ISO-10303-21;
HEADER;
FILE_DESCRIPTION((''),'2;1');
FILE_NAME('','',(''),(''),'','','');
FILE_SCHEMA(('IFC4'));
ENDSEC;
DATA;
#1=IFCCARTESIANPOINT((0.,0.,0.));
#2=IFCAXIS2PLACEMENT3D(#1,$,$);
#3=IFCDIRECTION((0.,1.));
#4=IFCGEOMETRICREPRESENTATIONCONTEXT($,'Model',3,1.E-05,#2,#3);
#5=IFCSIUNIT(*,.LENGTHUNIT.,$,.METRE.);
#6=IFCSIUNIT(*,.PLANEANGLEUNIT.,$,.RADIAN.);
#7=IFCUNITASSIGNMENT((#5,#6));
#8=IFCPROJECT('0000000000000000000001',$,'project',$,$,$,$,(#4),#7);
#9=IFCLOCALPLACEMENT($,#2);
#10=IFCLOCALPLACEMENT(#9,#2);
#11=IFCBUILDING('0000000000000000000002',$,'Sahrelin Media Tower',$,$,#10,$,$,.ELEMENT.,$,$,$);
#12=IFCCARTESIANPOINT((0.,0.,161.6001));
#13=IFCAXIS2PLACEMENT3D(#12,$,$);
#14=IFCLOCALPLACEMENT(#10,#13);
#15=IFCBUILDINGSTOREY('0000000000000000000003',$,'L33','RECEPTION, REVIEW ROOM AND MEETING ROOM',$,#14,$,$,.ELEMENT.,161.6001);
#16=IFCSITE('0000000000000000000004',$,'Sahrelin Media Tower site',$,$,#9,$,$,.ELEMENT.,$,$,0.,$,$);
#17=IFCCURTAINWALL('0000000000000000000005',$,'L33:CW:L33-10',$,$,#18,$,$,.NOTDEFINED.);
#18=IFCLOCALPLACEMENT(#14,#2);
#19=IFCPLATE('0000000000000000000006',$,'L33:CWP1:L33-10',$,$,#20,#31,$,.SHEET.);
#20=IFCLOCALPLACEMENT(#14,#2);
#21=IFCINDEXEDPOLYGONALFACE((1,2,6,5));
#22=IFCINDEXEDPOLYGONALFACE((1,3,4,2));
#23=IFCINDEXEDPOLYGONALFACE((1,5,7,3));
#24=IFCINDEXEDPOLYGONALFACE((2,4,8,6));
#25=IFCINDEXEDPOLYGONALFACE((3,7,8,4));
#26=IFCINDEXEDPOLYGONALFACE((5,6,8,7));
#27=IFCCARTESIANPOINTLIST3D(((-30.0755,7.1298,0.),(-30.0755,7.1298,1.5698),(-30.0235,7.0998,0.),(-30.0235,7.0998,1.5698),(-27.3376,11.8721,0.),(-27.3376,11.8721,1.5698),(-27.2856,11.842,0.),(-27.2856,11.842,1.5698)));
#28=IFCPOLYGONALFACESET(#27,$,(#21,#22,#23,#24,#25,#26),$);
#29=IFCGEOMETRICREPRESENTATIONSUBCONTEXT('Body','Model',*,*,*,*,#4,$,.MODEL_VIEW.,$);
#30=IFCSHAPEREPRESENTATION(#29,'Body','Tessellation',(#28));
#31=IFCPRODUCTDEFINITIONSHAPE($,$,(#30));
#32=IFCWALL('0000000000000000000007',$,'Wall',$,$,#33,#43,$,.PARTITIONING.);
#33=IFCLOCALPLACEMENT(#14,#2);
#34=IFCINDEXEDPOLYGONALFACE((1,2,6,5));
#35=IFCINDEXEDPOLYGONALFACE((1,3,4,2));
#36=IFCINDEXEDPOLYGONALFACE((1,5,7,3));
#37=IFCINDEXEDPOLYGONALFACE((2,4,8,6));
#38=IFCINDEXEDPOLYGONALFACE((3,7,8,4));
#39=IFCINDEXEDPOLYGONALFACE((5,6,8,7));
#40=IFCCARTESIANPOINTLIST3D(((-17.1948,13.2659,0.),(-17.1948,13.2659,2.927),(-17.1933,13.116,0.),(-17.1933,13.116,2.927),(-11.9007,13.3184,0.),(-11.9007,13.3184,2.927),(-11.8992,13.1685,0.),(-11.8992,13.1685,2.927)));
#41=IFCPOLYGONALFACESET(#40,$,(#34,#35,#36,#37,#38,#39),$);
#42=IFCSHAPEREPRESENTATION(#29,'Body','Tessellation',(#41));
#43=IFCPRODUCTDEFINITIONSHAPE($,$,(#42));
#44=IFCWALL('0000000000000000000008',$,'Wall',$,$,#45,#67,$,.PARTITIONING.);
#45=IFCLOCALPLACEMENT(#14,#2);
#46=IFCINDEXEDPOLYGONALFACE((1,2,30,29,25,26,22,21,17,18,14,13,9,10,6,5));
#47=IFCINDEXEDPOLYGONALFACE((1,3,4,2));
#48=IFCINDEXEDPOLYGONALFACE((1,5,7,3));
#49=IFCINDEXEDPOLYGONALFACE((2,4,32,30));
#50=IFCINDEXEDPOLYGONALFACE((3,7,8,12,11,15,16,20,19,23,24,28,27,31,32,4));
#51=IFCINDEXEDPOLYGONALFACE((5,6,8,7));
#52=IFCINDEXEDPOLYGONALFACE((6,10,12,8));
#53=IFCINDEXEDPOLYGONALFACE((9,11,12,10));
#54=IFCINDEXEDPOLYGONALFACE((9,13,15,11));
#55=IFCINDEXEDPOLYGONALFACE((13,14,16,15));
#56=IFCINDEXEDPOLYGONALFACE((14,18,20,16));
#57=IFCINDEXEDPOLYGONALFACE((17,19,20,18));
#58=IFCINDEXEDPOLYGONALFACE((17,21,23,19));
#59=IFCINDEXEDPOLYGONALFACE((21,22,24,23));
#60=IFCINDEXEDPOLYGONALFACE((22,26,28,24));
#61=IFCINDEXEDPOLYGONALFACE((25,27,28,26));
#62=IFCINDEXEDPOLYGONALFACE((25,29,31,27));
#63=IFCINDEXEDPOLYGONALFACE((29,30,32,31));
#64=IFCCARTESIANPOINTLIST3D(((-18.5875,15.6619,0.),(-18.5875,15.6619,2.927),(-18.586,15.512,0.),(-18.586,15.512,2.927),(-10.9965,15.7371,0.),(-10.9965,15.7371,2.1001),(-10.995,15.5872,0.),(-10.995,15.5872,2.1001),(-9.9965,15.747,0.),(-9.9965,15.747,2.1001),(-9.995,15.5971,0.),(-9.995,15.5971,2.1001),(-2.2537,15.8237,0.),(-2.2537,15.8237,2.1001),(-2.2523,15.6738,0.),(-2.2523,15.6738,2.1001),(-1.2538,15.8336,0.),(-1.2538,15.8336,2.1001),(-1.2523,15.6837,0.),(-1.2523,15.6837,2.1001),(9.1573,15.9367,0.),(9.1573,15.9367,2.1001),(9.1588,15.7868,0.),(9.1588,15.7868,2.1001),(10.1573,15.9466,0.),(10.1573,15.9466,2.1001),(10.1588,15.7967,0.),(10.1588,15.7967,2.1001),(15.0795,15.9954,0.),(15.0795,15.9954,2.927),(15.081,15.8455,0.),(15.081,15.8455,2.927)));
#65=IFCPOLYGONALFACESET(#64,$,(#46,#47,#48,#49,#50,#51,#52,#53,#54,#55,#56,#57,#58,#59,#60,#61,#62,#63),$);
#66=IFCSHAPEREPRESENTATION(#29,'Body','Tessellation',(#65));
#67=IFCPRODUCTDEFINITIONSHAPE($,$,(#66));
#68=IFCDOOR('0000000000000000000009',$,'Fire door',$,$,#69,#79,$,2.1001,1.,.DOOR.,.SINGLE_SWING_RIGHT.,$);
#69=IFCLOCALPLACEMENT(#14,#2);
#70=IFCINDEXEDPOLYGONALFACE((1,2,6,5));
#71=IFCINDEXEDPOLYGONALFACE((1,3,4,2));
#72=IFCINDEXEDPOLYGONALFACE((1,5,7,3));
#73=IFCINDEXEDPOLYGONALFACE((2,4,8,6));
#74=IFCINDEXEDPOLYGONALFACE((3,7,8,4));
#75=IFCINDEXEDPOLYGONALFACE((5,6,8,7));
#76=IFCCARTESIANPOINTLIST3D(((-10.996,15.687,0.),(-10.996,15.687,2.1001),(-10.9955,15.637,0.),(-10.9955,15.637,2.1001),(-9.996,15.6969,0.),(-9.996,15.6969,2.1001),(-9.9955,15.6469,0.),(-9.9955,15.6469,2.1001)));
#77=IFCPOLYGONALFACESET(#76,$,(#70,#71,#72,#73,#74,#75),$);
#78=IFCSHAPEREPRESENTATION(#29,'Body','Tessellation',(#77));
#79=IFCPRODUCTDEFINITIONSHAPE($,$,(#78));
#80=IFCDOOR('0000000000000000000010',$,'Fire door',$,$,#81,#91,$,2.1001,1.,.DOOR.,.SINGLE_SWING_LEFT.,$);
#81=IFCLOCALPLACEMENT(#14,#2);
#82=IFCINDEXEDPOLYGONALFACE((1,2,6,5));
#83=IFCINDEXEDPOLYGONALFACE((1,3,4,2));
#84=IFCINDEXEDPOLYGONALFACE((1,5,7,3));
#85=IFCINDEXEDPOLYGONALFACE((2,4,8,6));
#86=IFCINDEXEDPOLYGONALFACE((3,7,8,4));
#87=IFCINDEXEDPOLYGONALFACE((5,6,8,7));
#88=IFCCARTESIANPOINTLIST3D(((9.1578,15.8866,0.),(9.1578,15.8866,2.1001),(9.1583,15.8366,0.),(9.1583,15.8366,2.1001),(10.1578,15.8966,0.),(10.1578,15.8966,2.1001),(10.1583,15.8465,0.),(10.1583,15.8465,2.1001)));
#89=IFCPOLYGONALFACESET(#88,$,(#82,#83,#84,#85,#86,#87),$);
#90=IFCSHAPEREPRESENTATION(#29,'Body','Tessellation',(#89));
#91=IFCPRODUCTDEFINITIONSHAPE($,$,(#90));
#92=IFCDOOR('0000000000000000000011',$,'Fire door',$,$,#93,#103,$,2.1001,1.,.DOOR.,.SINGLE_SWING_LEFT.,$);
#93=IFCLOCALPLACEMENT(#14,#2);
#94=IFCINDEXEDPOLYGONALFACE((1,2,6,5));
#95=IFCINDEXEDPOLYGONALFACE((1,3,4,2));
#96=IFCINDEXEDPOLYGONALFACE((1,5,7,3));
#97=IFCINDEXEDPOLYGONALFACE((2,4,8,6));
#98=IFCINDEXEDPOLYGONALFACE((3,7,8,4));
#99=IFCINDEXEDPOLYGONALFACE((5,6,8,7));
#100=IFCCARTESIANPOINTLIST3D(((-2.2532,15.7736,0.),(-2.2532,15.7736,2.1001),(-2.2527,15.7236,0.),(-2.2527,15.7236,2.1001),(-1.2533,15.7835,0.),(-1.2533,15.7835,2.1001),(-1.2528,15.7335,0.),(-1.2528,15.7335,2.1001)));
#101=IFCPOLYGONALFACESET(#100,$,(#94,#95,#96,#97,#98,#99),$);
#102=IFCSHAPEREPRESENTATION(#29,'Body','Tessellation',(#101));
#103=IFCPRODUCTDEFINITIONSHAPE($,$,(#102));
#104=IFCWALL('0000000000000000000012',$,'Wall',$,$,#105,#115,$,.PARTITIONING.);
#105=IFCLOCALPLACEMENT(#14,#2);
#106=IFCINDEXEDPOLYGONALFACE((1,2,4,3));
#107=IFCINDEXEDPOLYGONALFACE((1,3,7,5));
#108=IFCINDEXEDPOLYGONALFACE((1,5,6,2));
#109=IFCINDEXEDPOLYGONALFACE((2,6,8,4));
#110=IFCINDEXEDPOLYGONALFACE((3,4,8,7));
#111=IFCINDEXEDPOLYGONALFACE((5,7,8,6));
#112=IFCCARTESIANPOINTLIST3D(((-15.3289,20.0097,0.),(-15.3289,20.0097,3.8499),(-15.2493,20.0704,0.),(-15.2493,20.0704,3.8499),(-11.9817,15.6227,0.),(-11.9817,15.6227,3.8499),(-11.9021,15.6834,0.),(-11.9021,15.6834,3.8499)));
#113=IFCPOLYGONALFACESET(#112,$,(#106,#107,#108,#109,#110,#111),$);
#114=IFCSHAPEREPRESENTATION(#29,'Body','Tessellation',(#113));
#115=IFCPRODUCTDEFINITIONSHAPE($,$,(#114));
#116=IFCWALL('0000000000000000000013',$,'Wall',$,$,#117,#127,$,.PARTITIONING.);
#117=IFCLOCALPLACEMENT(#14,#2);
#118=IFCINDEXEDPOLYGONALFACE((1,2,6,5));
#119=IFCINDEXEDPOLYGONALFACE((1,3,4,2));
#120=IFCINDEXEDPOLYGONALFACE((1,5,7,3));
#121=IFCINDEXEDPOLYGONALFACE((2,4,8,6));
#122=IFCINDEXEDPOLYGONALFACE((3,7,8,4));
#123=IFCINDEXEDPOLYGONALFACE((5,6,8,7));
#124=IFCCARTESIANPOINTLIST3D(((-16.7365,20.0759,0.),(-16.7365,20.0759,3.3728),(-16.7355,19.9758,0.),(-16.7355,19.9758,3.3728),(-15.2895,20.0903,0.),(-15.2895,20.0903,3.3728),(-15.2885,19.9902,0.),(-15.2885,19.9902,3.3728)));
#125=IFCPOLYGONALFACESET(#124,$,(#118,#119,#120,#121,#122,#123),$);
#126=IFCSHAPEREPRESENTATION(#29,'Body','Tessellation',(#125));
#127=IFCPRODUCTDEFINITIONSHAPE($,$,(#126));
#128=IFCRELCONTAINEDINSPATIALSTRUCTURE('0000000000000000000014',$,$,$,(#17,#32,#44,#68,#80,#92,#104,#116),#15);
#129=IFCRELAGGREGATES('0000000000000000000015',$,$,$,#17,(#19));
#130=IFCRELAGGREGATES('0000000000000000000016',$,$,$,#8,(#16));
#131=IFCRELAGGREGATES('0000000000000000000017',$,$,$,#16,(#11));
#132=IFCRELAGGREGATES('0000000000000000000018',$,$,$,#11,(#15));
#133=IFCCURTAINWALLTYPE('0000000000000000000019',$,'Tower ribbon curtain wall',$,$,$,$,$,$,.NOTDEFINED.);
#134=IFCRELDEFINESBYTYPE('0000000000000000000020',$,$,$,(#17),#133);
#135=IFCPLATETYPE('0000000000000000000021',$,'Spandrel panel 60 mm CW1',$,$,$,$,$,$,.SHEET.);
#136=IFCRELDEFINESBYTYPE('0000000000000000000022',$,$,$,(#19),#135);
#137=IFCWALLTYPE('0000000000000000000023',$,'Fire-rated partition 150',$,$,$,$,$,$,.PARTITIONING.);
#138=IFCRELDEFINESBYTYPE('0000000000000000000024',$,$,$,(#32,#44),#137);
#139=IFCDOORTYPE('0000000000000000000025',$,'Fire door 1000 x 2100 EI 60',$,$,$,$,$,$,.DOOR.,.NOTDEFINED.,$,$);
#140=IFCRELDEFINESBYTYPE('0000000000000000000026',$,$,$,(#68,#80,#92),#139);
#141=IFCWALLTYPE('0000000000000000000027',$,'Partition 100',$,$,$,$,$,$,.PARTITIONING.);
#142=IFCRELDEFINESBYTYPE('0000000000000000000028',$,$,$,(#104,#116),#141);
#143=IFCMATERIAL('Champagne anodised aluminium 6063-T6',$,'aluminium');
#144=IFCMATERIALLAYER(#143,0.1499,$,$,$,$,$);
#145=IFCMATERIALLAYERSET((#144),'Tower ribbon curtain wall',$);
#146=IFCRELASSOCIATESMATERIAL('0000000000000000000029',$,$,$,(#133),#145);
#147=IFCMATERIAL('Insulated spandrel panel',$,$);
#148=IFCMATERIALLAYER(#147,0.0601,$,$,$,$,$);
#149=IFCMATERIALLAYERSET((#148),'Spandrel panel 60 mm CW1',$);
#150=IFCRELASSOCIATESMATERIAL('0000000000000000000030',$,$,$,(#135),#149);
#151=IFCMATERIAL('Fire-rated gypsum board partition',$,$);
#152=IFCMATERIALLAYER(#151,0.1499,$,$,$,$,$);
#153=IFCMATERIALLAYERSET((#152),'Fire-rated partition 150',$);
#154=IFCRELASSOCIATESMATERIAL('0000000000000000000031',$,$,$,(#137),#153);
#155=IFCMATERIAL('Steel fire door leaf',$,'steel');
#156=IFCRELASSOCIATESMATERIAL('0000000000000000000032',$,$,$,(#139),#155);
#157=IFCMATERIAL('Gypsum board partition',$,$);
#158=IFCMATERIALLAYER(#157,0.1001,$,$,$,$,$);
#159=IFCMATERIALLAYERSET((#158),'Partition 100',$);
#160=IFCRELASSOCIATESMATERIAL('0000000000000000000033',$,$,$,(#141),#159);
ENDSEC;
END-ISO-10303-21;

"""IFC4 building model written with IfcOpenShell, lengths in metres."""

from ifc_helpers import new_model, si_unit, direction, frame, frame_2d, origin, place, context, subcontext, project, spatial, polyline, rectangle, outline, extrude, material, layer, layer_set, type_object, element, fill, aggregate, save


model = new_model("IFC4")

# Units and contexts
model_context = context("Model", 3, precision=1e-05, world=origin(), true_north=direction((0.0, 1.0)))
body_context = subcontext(model_context, "Body", "Model", "MODEL_VIEW")
ifc_project = project(units=[si_unit("LENGTHUNIT", "METRE"), si_unit("PLANEANGLEUNIT", "RADIAN")], contexts=[model_context])

# Site, building, storey
site_placement = place(None, origin())
site = spatial("IfcSite", under=ifc_project, at=site_placement, Name="Sahrelin Media Tower site", CompositionType="ELEMENT", RefElevation=0.0)
building_placement = place(site_placement, origin())
building = spatial("IfcBuilding", under=site, at=building_placement, Name="Sahrelin Media Tower", CompositionType="ELEMENT")
storey_placement = place(building_placement, frame((0.0, 0.0, 161.6001)))
storey = spatial("IfcBuildingStorey", under=building, at=storey_placement, Name="L33", Description="RECEPTION, REVIEW ROOM AND MEETING ROOM", CompositionType="ELEMENT", Elevation=161.6001)

# Shared definitions
ifc_material_1 = material(Name="Champagne anodised aluminium 6063-T6", Category="aluminium")
ifc_layer_1 = layer(ifc_material_1, 0.1499)
ifc_layer_set_1 = layer_set([ifc_layer_1], Name="Tower ribbon curtain wall")
curtain_wall_type = type_object("IfcCurtainWallType", Name="Tower ribbon curtain wall", PredefinedType="NOTDEFINED", material=ifc_layer_set_1)

# Curtain wall
curtain_wall_1_placement = place(storey_placement, frame((-28.6892, 9.491, 0.0), z_axis=(0.0, 0.0, 1.0), x_axis=(1.0, 0.0, 0.0)))
curtain_wall_1 = element("IfcCurtainWall", 1, at=curtain_wall_1_placement, inside=storey, type_object=curtain_wall_type, Name="L33:CW:L33-10", PredefinedType="NOTDEFINED")

# Plate
ifc_material_2 = material(Name="Insulated spandrel panel")
ifc_layer_2 = layer(ifc_material_2, 0.0601)
ifc_layer_set_2 = layer_set([ifc_layer_2], Name="Spandrel panel 60 mm CW1")
plate_type_1 = type_object("IfcPlateType", Name="Spandrel panel 60 mm CW1", PredefinedType="SHEET", material=ifc_layer_set_2)
plate_1_placement = place(storey_placement, frame((-27.3376, 11.8721, 0.0), z_axis=(-0.866034, 0.499985, 0.0), x_axis=(-0.499985, -0.866034, 0.0)))
plate_1 = element("IfcPlate", 2, at=plate_1_placement, type_object=plate_type_1, Name="L33:CWP1:L33-10", PredefinedType="SHEET", context=body_context, shape_type="SweptSolid", body=[
    extrude(outline(polyline([(0.0, 0.0), (5.4758, 0.0), (5.4758, 1.5698), (0.0, 1.5698), (0.0, 0.0)])), origin(), (0.0, 0.0, -1.0), 0.0601),
])
aggregate(curtain_wall_1, [plate_1])

# Wall
ifc_material_3 = material(Name="Fire-rated gypsum board partition")
ifc_layer_3 = layer(ifc_material_3, 0.1499)
ifc_layer_set_3 = layer_set([ifc_layer_3], Name="Fire-rated partition 150")
wall_type_1 = type_object("IfcWallType", Name="Fire-rated partition 150", PredefinedType="PARTITIONING", material=ifc_layer_set_3)
wall_1_placement = place(storey_placement, frame((-17.1941, 13.1909, 0.0), z_axis=(0.0, 0.0, 1.0), x_axis=(0.999951, 0.009914, 0.0)))
element("IfcWall", 3, at=wall_1_placement, inside=storey, type_object=wall_type_1, Name="Wall", PredefinedType="PARTITIONING", context=body_context, shape_type="SweptSolid", body=[
    extrude(rectangle(XDim=5.2944, YDim=0.1499, at=frame_2d((2.6472, 0.0))), origin(), (0.0, 0.0, 1.0), 2.927),
])

# Wall, openings, doors
wall_2_placement = place(storey_placement, frame((-18.5869, 15.5869, 0.0), z_axis=(0.0, 0.0, 1.0), x_axis=(0.999951, 0.009905, 0.0)))
wall_2 = element("IfcWall", 4, at=wall_2_placement, inside=storey, type_object=wall_type_1, Name="Wall", PredefinedType="PARTITIONING", context=body_context, shape_type="SweptSolid", body=[
    extrude(rectangle(XDim=33.6687, YDim=0.1499, at=frame_2d((16.8345, 0.0))), origin(), (0.0, 0.0, 1.0), 2.927),
])
opening_1_placement = place(wall_2_placement, frame((7.5916, 0.0, 0.0)))
opening_1 = element("IfcOpeningElement", 5, at=opening_1_placement, cuts=wall_2, PredefinedType="OPENING", context=body_context, shape_type="SweptSolid", body=[
    extrude(rectangle(XDim=1.0, YDim=2.1001, at=frame_2d((0.5, 1.05))), frame((0.0, 0.075, 0.0), z_axis=(0.0, -1.0, 0.0), x_axis=(1.0, 0.0, 0.0)), (0.0, 0.0, 1.0), 0.1499),
])
opening_2_placement = place(wall_2_placement, frame((27.7463, 0.0, 0.0)))
opening_2 = element("IfcOpeningElement", 6, at=opening_2_placement, cuts=wall_2, PredefinedType="OPENING", context=body_context, shape_type="SweptSolid", body=[
    extrude(rectangle(XDim=1.0, YDim=2.1001, at=frame_2d((0.5, 1.05))), frame((0.0, 0.075, 0.0), z_axis=(0.0, -1.0, 0.0), x_axis=(1.0, 0.0, 0.0)), (0.0, 0.0, 1.0), 0.1499),
])
opening_3_placement = place(wall_2_placement, frame((16.3347, 0.0, 0.0)))
opening_3 = element("IfcOpeningElement", 7, at=opening_3_placement, cuts=wall_2, PredefinedType="OPENING", context=body_context, shape_type="SweptSolid", body=[
    extrude(rectangle(XDim=1.0, YDim=2.1001, at=frame_2d((0.5, 1.05))), frame((0.0, 0.075, 0.0), z_axis=(0.0, -1.0, 0.0), x_axis=(1.0, 0.0, 0.0)), (0.0, 0.0, 1.0), 0.1499),
])
ifc_material_4 = material(Name="Steel fire door leaf", Category="steel")
door_type = type_object("IfcDoorType", Name="Fire door 1000 x 2100 EI 60", OperationType="NOTDEFINED", PredefinedType="DOOR", material=ifc_material_4)
door_1_placement = place(opening_1_placement, origin())
door_1 = element("IfcDoor", 8, at=door_1_placement, inside=storey, type_object=door_type, Name="Fire door", OperationType="SINGLE_SWING_RIGHT", OverallHeight=2.1001, OverallWidth=1.0, PredefinedType="DOOR", context=body_context, shape_type="SweptSolid", body=[
    extrude(rectangle(XDim=1.0, YDim=2.1001, at=frame_2d((0.5, 1.05))), frame((0.0, 0.0249, 0.0), z_axis=(0.0, -1.0, 0.0), x_axis=(1.0, 0.0, 0.0)), (0.0, 0.0, 1.0), 0.05),
])
fill(opening_1, door_1)
door_2_placement = place(opening_2_placement, origin())
door_2 = element("IfcDoor", 9, at=door_2_placement, inside=storey, type_object=door_type, Name="Fire door", OperationType="SINGLE_SWING_LEFT", OverallHeight=2.1001, OverallWidth=1.0, PredefinedType="DOOR", context=body_context, shape_type="SweptSolid", body=[
    extrude(rectangle(XDim=1.0, YDim=2.1001, at=frame_2d((0.5, 1.05))), frame((0.0, 0.0249, 0.0), z_axis=(0.0, -1.0, 0.0), x_axis=(1.0, 0.0, 0.0)), (0.0, 0.0, 1.0), 0.05),
])
fill(opening_2, door_2)
door_3_placement = place(opening_3_placement, origin())
door_3 = element("IfcDoor", 10, at=door_3_placement, inside=storey, type_object=door_type, Name="Fire door", OperationType="SINGLE_SWING_LEFT", OverallHeight=2.1001, OverallWidth=1.0, PredefinedType="DOOR", context=body_context, shape_type="SweptSolid", body=[
    extrude(rectangle(XDim=1.0, YDim=2.1001, at=frame_2d((0.5, 1.05))), frame((0.0, 0.0249, 0.0), z_axis=(0.0, -1.0, 0.0), x_axis=(1.0, 0.0, 0.0)), (0.0, 0.0, 1.0), 0.05),
])
fill(opening_3, door_3)

# Walls
ifc_material_5 = material(Name="Gypsum board partition")
ifc_layer_4 = layer(ifc_material_5, 0.1001)
ifc_layer_set_4 = layer_set([ifc_layer_4], Name="Partition 100")
wall_type_2 = type_object("IfcWallType", Name="Partition 100", PredefinedType="PARTITIONING", material=ifc_layer_set_4)
wall_3_placement = place(storey_placement, frame((-15.2891, 20.04, 0.0), z_axis=(0.0, 0.0, 1.0), x_axis=(0.606584, -0.795019, 0.0)))
element("IfcWall", 11, at=wall_3_placement, inside=storey, type_object=wall_type_2, Name="Wall", PredefinedType="PARTITIONING", context=body_context, shape_type="SweptSolid", body=[
    extrude(rectangle(XDim=5.5181, YDim=0.1001, at=frame_2d((2.759, 0.0))), origin(), (0.0, 0.0, 1.0), 3.8499),
])
wall_4_placement = place(storey_placement, frame((-16.7361, 20.0259, 0.0), z_axis=(0.0, 0.0, 1.0), x_axis=(0.99995, 0.009954, 0.0)))
element("IfcWall", 12, at=wall_4_placement, inside=storey, type_object=wall_type_2, Name="Wall", PredefinedType="PARTITIONING", context=body_context, shape_type="SweptSolid", body=[
    extrude(rectangle(XDim=1.447, YDim=0.1001, at=frame_2d((0.7236, 0.0))), origin(), (0.0, 0.0, 1.0), 3.3728),
])

save(model, "model.ifc")
